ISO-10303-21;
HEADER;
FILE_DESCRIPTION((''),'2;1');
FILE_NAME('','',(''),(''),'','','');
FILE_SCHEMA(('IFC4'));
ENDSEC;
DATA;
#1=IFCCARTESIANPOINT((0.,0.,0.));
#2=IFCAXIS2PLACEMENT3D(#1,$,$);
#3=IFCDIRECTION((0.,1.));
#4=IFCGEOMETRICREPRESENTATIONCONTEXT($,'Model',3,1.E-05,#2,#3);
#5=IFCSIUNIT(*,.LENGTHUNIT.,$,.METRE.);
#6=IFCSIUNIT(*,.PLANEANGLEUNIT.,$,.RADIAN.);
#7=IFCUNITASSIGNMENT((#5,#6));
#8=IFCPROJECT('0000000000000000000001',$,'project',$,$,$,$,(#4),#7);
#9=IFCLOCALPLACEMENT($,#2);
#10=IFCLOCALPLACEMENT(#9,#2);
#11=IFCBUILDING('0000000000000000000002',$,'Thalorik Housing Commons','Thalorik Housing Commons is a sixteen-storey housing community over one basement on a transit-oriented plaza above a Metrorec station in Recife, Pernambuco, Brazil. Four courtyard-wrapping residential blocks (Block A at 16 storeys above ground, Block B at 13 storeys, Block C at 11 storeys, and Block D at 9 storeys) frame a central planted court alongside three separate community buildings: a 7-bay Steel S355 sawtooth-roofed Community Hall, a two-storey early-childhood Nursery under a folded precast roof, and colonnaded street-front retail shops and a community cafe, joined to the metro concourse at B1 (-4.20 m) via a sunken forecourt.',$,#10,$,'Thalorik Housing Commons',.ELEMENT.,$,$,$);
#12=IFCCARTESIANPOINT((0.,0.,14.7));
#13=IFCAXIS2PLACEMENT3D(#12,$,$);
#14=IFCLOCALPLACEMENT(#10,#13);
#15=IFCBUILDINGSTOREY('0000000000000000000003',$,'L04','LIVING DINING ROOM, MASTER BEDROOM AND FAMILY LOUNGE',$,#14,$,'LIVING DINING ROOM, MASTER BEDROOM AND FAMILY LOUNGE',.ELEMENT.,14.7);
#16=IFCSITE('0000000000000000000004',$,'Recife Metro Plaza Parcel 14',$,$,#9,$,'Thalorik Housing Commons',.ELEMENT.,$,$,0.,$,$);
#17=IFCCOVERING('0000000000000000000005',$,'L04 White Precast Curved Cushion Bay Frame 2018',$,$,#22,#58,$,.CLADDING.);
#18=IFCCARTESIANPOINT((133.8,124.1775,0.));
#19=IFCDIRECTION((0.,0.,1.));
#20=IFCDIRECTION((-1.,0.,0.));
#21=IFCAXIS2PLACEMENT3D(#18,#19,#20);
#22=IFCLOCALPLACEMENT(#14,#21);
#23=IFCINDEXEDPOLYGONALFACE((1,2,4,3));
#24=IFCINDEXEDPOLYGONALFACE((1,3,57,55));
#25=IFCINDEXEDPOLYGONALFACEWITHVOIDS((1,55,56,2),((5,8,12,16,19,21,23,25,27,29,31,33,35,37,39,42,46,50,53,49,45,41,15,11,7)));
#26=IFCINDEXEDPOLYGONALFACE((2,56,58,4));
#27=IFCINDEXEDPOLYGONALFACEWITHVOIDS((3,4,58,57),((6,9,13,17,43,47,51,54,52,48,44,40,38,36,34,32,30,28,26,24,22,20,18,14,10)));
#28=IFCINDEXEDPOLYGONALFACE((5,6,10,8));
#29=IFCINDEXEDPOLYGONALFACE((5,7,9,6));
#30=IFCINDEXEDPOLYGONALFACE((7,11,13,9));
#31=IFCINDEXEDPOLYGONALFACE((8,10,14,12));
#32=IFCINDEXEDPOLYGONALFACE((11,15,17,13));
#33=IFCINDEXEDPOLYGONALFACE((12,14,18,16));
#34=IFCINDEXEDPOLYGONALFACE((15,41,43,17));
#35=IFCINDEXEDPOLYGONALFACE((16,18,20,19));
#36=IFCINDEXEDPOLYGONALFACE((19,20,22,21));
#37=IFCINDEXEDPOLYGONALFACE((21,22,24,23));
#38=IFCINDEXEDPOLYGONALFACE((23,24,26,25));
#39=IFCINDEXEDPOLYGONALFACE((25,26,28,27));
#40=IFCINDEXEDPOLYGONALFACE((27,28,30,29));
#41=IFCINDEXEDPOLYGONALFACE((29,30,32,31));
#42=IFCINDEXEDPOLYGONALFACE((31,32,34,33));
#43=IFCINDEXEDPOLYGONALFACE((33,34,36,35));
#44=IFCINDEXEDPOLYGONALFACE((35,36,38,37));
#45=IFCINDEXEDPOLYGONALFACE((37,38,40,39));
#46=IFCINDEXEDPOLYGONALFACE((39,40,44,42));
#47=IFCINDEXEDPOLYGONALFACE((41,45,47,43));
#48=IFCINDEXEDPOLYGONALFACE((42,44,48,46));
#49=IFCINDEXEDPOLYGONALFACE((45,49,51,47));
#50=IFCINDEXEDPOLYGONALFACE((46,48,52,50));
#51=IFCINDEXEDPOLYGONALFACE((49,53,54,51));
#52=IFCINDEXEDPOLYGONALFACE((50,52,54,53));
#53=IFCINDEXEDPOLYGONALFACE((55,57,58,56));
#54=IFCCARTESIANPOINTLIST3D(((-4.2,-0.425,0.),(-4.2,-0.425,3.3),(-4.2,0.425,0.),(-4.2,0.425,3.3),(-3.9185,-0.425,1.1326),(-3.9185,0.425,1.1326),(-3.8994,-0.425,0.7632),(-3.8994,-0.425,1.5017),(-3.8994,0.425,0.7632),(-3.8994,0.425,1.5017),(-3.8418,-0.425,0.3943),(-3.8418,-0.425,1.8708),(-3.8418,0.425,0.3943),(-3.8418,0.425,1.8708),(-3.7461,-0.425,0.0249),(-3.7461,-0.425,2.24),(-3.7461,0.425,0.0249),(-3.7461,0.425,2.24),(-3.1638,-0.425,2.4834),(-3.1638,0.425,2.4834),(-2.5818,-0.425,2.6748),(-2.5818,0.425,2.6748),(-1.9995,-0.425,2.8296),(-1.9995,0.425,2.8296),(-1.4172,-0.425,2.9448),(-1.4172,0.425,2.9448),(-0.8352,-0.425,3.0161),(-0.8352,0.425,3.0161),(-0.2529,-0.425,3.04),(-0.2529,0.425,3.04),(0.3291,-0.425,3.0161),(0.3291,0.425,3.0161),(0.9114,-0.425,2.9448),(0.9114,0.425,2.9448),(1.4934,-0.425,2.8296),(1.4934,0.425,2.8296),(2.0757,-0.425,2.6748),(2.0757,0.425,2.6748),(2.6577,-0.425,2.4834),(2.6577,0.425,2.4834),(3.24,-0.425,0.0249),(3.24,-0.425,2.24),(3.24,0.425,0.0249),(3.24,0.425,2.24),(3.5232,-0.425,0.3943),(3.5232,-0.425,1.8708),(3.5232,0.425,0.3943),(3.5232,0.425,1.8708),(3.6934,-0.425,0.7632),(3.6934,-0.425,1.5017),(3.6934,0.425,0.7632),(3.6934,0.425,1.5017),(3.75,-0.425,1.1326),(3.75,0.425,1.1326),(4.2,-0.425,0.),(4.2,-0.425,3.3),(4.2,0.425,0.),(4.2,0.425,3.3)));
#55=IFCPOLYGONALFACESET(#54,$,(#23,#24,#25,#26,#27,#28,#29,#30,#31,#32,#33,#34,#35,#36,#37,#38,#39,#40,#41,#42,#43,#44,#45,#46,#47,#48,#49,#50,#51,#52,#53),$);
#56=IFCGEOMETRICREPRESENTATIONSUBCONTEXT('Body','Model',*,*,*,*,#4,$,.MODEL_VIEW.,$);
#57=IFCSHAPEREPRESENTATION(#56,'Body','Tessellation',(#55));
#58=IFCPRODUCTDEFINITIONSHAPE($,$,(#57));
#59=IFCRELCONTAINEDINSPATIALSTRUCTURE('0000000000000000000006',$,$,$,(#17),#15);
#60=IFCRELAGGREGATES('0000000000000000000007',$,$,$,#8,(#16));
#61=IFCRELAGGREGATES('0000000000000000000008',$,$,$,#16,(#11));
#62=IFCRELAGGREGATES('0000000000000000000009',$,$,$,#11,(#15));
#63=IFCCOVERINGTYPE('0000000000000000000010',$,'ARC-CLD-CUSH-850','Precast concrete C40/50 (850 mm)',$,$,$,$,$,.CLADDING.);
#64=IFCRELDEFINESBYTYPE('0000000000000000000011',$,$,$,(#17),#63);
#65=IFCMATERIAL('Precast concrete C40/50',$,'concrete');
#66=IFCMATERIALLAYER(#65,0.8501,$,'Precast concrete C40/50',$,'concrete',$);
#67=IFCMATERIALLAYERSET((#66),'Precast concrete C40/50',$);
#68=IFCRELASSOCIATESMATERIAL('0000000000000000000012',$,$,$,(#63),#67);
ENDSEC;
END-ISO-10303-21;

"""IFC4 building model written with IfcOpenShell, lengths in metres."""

from ifc_helpers import new_model, si_unit, direction, frame, origin, place, context, subcontext, project, spatial, polyline, outline, extrude, material, layer, layer_set, type_object, element, save


model = new_model("IFC4")

# Units and contexts
model_context = context("Model", 3, precision=1e-05, world=origin(), true_north=direction((0.0, 1.0)))
body_context = subcontext(model_context, "Body", "Model", "MODEL_VIEW")
ifc_project = project(units=[si_unit("LENGTHUNIT", "METRE"), si_unit("PLANEANGLEUNIT", "RADIAN")], contexts=[model_context])

# Site, building, storey
site_placement = place(None, origin())
site = spatial("IfcSite", under=ifc_project, at=site_placement, Name="Recife Metro Plaza Parcel 14", LongName="Thalorik Housing Commons", CompositionType="ELEMENT", RefElevation=0.0)
building_placement = place(site_placement, origin())
building = spatial("IfcBuilding", under=site, at=building_placement, Name="Thalorik Housing Commons", Description="Thalorik Housing Commons is a sixteen-storey housing community over one basement on a transit-oriented plaza above a Metrorec station in Recife, Pernambuco, Brazil. Four courtyard-wrapping residential blocks (Block A at 16 storeys above ground, Block B at 13 storeys, Block C at 11 storeys, and Block D at 9 storeys) frame a central planted court alongside three separate community buildings: a 7-bay Steel S355 sawtooth-roofed Community Hall, a two-storey early-childhood Nursery under a folded precast roof, and colonnaded street-front retail shops and a community cafe, joined to the metro concourse at B1 (-4.20 m) via a sunken forecourt.", LongName="Thalorik Housing Commons", CompositionType="ELEMENT")
storey_placement = place(building_placement, frame((0.0, 0.0, 14.7)))
storey = spatial("IfcBuildingStorey", under=building, at=storey_placement, Name="L04", Description="LIVING DINING ROOM, MASTER BEDROOM AND FAMILY LOUNGE", LongName="LIVING DINING ROOM, MASTER BEDROOM AND FAMILY LOUNGE", CompositionType="ELEMENT", Elevation=14.7)

# Shared definitions
ifc_material_1 = material(Name="Precast concrete C40/50", Category="concrete")

# Covering
ifc_layer_1 = layer(ifc_material_1, 0.8501, Name="Precast concrete C40/50", Category="concrete")
ifc_layer_set_1 = layer_set([ifc_layer_1], Name="Precast concrete C40/50")
covering_type_1 = type_object("IfcCoveringType", Name="ARC-CLD-CUSH-850", Description="Precast concrete C40/50 (850 mm)", PredefinedType="CLADDING", material=ifc_layer_set_1)
covering_1_placement = place(storey_placement, frame((133.8, 124.1775, 0.0), z_axis=(0.0, 0.0, 1.0), x_axis=(-1.0, 0.0, 0.0)))
element("IfcCovering", 1, at=covering_1_placement, inside=storey, type_object=covering_type_1, Name="L04 White Precast Curved Cushion Bay Frame 2018", PredefinedType="CLADDING", context=body_context, shape_type="SweptSolid", body=[
    extrude(outline(polyline([(-4.2, 0.0), (4.2, 0.0), (4.2, 3.3), (-4.2, 3.3), (-4.2, 0.0)]), holes=[polyline([(3.24, 0.0249), (3.5232, 0.3943), (3.6934, 0.7632), (3.75, 1.1326), (3.6934, 1.5017), (3.5232, 1.8708), (3.24, 2.24), (2.6577, 2.4834), (2.0757, 2.6748), (1.4934, 2.8296), (0.9114, 2.9448), (0.3291, 3.0161), (-0.2529, 3.04), (-0.8352, 3.0161), (-1.4172, 2.9448), (-1.9995, 2.8296), (-2.5818, 2.6748), (-3.1638, 2.4834), (-3.7461, 2.24), (-3.8418, 1.8708), (-3.8994, 1.5017), (-3.9185, 1.1326), (-3.8994, 0.7632), (-3.8418, 0.3943), (-3.7461, 0.0249), (3.24, 0.0249)])]), frame((0.0, 0.425, 0.0), z_axis=(0.0, -1.0, 0.0), x_axis=(1.0, 0.0, 0.0)), (0.0, 0.0, 1.0), 0.8501),
])

save(model, "model.ifc")
